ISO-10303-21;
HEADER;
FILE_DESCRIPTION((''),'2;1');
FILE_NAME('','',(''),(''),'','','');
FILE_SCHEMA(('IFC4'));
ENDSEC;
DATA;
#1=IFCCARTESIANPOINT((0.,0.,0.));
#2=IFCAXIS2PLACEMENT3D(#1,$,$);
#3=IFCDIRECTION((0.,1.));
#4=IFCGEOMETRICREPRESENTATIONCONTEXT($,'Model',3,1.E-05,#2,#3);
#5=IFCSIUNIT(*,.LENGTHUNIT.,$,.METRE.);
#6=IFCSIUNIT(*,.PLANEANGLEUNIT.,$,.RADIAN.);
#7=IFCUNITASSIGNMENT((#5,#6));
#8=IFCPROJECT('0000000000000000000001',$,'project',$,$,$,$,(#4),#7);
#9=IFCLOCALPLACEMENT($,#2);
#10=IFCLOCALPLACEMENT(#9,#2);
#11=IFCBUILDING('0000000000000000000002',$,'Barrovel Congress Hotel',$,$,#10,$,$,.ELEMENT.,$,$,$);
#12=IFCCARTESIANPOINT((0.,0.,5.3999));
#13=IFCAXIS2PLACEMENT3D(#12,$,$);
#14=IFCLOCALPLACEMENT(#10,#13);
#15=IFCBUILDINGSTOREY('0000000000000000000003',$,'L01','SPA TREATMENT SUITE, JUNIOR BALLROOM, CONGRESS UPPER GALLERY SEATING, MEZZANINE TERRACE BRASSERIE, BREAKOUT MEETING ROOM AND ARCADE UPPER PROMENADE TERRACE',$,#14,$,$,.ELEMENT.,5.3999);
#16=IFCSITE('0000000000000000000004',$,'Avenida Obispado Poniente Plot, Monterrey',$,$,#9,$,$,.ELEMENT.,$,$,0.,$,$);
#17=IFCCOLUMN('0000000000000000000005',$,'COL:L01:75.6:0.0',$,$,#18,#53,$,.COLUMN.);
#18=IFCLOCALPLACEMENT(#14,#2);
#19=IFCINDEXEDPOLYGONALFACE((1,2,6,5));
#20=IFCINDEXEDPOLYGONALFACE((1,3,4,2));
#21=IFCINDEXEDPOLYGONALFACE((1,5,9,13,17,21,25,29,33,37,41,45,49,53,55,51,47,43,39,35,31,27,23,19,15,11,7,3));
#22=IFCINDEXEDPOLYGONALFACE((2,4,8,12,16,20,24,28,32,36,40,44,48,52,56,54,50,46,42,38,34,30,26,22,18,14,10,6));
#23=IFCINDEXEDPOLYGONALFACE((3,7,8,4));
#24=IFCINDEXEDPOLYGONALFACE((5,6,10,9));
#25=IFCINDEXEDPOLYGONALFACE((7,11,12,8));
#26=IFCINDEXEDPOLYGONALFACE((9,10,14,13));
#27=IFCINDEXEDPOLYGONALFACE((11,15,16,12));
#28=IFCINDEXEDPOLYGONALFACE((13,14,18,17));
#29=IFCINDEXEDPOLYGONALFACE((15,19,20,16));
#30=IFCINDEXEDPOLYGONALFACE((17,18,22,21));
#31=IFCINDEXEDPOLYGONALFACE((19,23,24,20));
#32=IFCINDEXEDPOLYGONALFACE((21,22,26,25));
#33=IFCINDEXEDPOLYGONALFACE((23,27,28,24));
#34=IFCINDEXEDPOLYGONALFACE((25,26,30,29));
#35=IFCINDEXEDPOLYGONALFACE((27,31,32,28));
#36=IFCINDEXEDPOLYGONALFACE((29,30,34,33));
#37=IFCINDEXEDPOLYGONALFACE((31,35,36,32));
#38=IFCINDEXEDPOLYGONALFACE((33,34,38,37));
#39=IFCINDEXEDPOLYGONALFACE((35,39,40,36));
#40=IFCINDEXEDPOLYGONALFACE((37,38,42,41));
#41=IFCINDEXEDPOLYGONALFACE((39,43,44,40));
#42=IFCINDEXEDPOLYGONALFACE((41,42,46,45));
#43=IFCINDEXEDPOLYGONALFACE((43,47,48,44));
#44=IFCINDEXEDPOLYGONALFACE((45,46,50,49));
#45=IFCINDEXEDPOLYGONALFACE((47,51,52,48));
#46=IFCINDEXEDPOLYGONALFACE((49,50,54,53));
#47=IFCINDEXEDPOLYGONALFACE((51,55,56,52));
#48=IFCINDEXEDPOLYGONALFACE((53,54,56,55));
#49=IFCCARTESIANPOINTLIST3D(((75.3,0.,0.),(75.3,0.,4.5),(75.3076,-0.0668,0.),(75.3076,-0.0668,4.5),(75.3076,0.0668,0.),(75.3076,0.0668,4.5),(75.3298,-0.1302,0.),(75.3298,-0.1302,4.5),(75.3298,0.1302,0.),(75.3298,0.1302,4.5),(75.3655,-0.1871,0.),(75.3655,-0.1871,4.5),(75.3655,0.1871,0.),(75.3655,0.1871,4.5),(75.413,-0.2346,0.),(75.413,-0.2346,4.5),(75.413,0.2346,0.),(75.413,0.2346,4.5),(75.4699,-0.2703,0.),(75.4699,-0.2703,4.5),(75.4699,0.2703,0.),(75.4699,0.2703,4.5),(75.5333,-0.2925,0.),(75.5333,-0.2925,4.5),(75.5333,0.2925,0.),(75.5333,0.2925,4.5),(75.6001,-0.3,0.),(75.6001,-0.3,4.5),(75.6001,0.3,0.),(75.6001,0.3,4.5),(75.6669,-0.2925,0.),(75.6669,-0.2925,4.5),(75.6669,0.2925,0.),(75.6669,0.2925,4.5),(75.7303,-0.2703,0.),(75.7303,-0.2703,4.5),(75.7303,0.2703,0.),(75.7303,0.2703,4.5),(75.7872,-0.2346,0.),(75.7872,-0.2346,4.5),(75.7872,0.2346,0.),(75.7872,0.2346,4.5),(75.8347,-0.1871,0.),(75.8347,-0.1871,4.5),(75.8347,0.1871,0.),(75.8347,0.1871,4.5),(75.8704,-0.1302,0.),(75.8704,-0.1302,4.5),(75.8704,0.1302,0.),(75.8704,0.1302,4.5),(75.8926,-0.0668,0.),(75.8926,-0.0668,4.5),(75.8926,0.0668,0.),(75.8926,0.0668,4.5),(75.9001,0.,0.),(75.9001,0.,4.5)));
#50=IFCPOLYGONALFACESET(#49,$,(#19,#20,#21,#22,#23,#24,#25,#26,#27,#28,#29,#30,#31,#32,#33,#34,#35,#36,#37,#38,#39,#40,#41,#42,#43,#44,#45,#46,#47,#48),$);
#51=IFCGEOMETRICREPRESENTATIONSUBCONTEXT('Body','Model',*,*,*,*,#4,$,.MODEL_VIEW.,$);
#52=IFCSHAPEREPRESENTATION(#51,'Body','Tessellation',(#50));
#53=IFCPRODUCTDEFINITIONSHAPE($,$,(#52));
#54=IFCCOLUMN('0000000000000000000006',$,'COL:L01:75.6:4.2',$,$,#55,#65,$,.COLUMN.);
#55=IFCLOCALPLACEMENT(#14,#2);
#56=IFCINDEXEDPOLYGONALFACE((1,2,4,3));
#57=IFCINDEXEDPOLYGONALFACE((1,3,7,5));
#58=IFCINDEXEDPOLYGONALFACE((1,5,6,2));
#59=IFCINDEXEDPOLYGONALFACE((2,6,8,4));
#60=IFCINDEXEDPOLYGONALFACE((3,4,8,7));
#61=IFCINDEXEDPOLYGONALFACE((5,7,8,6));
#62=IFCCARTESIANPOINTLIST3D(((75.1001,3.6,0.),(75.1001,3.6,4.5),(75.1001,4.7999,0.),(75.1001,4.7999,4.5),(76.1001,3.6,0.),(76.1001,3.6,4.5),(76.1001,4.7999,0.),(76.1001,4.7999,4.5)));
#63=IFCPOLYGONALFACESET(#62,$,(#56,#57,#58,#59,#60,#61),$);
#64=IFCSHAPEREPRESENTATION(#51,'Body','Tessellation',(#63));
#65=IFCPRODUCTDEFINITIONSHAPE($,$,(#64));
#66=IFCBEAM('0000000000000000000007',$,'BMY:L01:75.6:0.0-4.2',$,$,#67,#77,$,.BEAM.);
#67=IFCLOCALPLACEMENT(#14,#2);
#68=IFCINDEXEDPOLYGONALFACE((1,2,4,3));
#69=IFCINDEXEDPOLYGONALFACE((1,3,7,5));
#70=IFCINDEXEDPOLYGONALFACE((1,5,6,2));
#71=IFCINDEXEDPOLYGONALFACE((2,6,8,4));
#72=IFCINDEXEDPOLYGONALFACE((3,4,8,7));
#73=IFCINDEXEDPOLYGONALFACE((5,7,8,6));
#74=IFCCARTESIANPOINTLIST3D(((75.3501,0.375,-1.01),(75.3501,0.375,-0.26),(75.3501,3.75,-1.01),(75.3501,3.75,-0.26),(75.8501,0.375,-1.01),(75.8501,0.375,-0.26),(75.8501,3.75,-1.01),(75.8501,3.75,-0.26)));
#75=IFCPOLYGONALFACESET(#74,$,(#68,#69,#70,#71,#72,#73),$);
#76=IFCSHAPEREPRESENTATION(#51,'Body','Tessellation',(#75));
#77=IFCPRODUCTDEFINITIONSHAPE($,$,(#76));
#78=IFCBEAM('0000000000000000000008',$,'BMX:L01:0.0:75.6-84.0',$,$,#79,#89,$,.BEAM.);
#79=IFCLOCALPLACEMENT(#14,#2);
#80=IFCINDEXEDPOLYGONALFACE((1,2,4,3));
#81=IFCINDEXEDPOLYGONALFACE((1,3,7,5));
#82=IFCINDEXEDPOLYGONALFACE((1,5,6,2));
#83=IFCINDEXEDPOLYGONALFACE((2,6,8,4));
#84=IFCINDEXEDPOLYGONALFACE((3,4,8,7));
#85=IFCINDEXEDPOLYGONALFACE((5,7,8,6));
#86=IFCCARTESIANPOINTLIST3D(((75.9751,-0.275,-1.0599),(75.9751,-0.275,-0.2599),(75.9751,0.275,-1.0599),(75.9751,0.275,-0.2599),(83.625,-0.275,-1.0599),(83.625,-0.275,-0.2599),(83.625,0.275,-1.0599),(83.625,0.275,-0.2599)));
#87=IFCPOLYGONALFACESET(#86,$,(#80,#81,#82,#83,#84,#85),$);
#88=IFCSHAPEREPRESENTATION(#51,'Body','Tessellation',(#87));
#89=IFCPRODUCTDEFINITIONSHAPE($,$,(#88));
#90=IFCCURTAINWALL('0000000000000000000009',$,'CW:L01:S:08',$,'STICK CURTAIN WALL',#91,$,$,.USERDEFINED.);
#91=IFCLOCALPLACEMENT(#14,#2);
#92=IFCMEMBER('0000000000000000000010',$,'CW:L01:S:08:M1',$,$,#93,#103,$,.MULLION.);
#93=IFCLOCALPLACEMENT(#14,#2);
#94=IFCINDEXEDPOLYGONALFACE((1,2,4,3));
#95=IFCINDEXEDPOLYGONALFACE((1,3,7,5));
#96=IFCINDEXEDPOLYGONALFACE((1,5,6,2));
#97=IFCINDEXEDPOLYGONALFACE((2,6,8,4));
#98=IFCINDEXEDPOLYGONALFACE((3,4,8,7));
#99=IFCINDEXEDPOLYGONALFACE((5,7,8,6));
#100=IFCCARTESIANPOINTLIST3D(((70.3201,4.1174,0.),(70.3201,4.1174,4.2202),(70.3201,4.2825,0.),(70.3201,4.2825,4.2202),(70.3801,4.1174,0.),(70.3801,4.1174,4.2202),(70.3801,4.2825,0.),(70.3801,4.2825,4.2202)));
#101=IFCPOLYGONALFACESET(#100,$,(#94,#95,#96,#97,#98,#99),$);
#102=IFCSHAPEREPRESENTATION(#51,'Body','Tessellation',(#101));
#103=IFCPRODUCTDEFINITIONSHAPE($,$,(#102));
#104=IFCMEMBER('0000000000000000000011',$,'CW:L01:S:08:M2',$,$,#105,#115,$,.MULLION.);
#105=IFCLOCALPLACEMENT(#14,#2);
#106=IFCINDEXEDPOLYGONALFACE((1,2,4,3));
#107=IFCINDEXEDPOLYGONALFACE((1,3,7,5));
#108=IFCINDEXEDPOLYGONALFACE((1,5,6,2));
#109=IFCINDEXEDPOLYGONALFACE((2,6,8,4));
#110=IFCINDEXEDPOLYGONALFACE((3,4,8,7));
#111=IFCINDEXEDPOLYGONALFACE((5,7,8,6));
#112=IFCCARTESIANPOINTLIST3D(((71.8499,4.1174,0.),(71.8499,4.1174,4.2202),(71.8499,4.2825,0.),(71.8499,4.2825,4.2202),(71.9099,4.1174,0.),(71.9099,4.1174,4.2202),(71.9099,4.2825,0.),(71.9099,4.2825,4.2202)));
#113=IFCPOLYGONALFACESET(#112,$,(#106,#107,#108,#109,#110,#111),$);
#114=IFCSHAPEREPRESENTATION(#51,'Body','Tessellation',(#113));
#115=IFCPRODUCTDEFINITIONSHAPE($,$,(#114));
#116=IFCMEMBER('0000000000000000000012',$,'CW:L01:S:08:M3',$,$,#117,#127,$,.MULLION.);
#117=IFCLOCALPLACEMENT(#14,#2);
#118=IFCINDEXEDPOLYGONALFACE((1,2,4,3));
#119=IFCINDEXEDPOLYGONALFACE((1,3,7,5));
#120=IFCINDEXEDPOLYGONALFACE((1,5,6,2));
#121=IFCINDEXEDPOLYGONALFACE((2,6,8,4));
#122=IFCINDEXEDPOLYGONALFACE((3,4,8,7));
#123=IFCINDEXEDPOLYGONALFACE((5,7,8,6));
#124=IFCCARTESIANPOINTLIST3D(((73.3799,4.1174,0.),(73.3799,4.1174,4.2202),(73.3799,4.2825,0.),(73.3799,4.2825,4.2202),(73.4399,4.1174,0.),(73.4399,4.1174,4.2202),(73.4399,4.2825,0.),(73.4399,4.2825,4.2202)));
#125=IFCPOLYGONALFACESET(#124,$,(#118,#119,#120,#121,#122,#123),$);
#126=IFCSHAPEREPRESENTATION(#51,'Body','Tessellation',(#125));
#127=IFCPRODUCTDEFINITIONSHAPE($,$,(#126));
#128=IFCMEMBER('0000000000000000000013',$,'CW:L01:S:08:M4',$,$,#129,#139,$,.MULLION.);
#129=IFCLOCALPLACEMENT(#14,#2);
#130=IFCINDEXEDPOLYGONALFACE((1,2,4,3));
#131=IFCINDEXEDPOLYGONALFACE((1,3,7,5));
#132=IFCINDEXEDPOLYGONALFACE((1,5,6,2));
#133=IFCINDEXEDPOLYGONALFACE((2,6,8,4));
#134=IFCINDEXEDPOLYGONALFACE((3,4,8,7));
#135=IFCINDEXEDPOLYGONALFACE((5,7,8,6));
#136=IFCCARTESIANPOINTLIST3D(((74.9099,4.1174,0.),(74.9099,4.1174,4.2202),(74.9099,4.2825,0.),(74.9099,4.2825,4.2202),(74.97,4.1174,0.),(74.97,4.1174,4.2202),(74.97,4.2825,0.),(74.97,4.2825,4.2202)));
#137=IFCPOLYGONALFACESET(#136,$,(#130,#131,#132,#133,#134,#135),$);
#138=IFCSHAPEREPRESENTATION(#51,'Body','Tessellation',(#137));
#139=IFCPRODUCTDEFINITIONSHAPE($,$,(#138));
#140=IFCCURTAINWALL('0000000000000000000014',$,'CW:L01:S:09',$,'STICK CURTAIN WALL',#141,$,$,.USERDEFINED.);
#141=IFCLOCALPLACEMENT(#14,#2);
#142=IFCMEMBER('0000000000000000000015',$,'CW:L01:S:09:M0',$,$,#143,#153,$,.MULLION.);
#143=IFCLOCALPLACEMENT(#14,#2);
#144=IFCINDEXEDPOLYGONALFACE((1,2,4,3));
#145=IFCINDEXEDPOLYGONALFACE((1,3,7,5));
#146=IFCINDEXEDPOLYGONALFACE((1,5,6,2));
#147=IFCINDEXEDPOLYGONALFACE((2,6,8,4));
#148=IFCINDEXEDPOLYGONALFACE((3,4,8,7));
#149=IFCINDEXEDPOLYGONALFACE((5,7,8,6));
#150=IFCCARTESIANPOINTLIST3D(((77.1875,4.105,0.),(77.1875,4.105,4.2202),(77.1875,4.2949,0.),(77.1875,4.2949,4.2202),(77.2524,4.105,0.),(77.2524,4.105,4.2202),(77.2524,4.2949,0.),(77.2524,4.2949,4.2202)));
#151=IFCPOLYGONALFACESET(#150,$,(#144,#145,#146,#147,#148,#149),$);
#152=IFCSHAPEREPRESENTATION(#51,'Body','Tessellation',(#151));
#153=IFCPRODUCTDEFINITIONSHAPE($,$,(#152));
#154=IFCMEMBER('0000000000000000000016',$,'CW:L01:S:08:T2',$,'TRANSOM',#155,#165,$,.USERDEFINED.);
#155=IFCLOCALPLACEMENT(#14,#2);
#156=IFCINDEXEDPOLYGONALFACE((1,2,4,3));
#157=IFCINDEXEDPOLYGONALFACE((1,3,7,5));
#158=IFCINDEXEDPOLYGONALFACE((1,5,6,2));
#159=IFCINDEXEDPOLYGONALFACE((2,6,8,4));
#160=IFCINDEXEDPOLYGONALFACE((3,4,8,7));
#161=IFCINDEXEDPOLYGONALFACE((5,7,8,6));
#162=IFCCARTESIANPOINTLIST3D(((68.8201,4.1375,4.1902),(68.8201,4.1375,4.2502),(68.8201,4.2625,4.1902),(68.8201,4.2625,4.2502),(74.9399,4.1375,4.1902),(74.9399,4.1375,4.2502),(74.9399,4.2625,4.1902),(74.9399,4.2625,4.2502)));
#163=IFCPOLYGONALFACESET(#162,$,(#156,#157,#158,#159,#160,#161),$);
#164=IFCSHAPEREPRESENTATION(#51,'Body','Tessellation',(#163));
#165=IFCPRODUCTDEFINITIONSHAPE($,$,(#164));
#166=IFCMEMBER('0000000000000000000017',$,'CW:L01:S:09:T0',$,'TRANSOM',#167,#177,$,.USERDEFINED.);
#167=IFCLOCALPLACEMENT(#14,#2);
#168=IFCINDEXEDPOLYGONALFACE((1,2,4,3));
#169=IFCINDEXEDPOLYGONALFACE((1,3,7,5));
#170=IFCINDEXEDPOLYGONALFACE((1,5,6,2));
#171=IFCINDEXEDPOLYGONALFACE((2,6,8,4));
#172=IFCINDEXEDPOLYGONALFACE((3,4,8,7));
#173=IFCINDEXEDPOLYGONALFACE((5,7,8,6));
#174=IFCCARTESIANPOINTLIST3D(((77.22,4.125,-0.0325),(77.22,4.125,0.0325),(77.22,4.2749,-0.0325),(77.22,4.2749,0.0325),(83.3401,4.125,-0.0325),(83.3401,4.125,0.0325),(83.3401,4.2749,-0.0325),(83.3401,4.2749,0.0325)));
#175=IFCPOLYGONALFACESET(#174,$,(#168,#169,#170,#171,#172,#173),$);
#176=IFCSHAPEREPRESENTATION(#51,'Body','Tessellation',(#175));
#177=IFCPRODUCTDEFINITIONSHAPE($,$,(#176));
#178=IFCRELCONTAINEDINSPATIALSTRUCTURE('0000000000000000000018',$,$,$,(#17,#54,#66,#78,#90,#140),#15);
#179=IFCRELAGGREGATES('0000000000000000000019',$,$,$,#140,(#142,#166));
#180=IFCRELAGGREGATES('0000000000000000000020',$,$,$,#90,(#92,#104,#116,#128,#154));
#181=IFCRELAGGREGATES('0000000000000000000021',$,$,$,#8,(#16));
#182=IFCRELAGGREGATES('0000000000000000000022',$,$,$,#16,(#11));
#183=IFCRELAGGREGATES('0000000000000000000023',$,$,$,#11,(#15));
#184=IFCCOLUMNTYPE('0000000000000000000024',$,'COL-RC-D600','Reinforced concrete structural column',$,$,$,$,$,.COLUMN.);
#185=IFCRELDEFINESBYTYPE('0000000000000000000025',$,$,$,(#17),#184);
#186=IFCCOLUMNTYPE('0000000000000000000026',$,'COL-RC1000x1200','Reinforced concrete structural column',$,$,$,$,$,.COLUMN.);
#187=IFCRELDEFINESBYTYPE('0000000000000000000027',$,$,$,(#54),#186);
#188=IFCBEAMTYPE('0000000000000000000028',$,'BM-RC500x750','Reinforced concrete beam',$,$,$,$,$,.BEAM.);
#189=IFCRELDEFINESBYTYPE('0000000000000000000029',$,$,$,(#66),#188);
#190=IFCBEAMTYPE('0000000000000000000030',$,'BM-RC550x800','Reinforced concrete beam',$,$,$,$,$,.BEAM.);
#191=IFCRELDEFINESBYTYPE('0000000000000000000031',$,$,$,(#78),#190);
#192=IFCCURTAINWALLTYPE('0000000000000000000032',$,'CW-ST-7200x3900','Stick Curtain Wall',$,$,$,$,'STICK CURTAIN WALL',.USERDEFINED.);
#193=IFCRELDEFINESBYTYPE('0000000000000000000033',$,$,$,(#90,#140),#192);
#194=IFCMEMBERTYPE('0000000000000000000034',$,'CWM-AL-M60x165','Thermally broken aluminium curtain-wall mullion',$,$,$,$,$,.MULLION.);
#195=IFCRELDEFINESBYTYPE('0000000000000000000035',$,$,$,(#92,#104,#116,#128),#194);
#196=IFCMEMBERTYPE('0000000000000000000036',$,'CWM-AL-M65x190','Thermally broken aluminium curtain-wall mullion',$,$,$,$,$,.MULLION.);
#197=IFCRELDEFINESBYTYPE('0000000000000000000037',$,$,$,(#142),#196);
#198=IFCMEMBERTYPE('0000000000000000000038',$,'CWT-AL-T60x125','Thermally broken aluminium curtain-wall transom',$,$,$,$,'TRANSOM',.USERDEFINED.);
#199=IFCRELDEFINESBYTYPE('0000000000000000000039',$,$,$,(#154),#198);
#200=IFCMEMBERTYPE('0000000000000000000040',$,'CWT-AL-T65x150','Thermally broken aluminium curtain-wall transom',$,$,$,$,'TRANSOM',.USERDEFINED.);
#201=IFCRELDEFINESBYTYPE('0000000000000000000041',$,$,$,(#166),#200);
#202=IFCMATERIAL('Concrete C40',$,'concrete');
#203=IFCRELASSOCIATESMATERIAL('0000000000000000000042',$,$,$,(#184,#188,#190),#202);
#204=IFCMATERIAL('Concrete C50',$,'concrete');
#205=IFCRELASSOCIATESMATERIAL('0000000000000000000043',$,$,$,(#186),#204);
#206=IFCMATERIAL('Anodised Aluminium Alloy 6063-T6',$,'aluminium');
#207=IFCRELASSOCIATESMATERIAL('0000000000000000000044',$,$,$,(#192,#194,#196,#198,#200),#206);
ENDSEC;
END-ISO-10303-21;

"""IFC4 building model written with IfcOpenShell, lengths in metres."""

from ifc_helpers import new_model, si_unit, direction, frame, origin, origin_2d, place, context, subcontext, project, spatial, rectangle, circle, extrude, material, material_profile, profile_set, type_object, element, aggregate, save


model = new_model("IFC4")

# Units and contexts
model_context = context("Model", 3, precision=1e-05, world=origin(), true_north=direction((0.0, 1.0)))
body_context = subcontext(model_context, "Body", "Model", "MODEL_VIEW")
ifc_project = project(units=[si_unit("LENGTHUNIT", "METRE"), si_unit("PLANEANGLEUNIT", "RADIAN")], contexts=[model_context])

# Site, building, storey
site_placement = place(None, origin())
site = spatial("IfcSite", under=ifc_project, at=site_placement, Name="Avenida Obispado Poniente Plot, Monterrey", CompositionType="ELEMENT", RefElevation=0.0)
building_placement = place(site_placement, origin())
building = spatial("IfcBuilding", under=site, at=building_placement, Name="Barrovel Congress Hotel", CompositionType="ELEMENT")
storey_placement = place(building_placement, frame((0.0, 0.0, 5.3999)))
storey = spatial("IfcBuildingStorey", under=building, at=storey_placement, Name="L01", Description="SPA TREATMENT SUITE, JUNIOR BALLROOM, CONGRESS UPPER GALLERY SEATING, MEZZANINE TERRACE BRASSERIE, BREAKOUT MEETING ROOM AND ARCADE UPPER PROMENADE TERRACE", CompositionType="ELEMENT", Elevation=5.3999)

# Columns
ifc_material_1 = material(Name="Concrete C40", Category="concrete")
ifc_material_profile_1 = material_profile(ifc_material_1, circle(Radius=0.3, at=origin_2d()), Name="RC-D600")
ifc_profile_set_1 = profile_set([ifc_material_profile_1], Name="Concrete C40")
column_type_1 = type_object("IfcColumnType", Name="COL-RC-D600", Description="Reinforced concrete structural column", PredefinedType="COLUMN", material=ifc_profile_set_1)
column_1_placement = place(storey_placement, frame((75.6001, 0.0, 0.0), z_axis=(0.0, 0.0, 1.0), x_axis=(1.0, 0.0, 0.0)))
element("IfcColumn", 1, at=column_1_placement, inside=storey, type_object=column_type_1, Name="COL:L01:75.6:0.0", PredefinedType="COLUMN", context=body_context, shape_type="SweptSolid", body=[
    extrude(circle(Radius=0.3, at=origin_2d()), origin(), (0.0, 0.0, 1.0), 4.5),
])
ifc_material_2 = material(Name="Concrete C50", Category="concrete")
ifc_material_profile_2 = material_profile(ifc_material_2, rectangle(XDim=1.0, YDim=1.2, at=origin_2d()), Name="RC1000x1200")
ifc_profile_set_2 = profile_set([ifc_material_profile_2], Name="Concrete C50")
column_type_2 = type_object("IfcColumnType", Name="COL-RC1000x1200", Description="Reinforced concrete structural column", PredefinedType="COLUMN", material=ifc_profile_set_2)
column_2_placement = place(storey_placement, frame((75.6001, 4.2, 0.0), z_axis=(0.0, 0.0, 1.0), x_axis=(1.0, 0.0, 0.0)))
element("IfcColumn", 2, at=column_2_placement, inside=storey, type_object=column_type_2, Name="COL:L01:75.6:4.2", PredefinedType="COLUMN", context=body_context, shape_type="SweptSolid", body=[
    extrude(rectangle(XDim=1.0, YDim=1.2, at=origin_2d()), origin(), (0.0, 0.0, 1.0), 4.5),
])

# Beams
ifc_material_profile_3 = material_profile(ifc_material_1, rectangle(XDim=0.5, YDim=0.75, at=origin_2d()), Name="RC500x750")
ifc_profile_set_3 = profile_set([ifc_material_profile_3], Name="Concrete C40")
beam_type_1 = type_object("IfcBeamType", Name="BM-RC500x750", Description="Reinforced concrete beam", PredefinedType="BEAM", material=ifc_profile_set_3)
beam_1_placement = place(storey_placement, frame((75.6001, 0.375, -0.635), z_axis=(0.0, 1.0, 0.0), x_axis=(-1.0, 0.0, 0.0)))
element("IfcBeam", 3, at=beam_1_placement, inside=storey, type_object=beam_type_1, Name="BMY:L01:75.6:0.0-4.2", PredefinedType="BEAM", context=body_context, shape_type="SweptSolid", body=[
    extrude(rectangle(XDim=0.5, YDim=0.75, at=origin_2d()), origin(), (0.0, 0.0, 1.0), 3.375),
])
ifc_material_profile_4 = material_profile(ifc_material_1, rectangle(XDim=0.55, YDim=0.8, at=origin_2d()), Name="RC550x800")
ifc_profile_set_4 = profile_set([ifc_material_profile_4], Name="Concrete C40")
beam_type_2 = type_object("IfcBeamType", Name="BM-RC550x800", Description="Reinforced concrete beam", PredefinedType="BEAM", material=ifc_profile_set_4)
beam_2_placement = place(storey_placement, frame((75.9751, 0.0, -0.6599), z_axis=(1.0, 0.0, 0.0), x_axis=(0.0, 1.0, 0.0)))
element("IfcBeam", 4, at=beam_2_placement, inside=storey, type_object=beam_type_2, Name="BMX:L01:0.0:75.6-84.0", PredefinedType="BEAM", context=body_context, shape_type="SweptSolid", body=[
    extrude(rectangle(XDim=0.55, YDim=0.8, at=origin_2d()), origin(), (0.0, 0.0, 1.0), 7.6499),
])

# Curtain wall, members
ifc_material_3 = material(Name="Anodised Aluminium Alloy 6063-T6", Category="aluminium")
curtain_wall_type = type_object("IfcCurtainWallType", Name="CW-ST-7200x3900", Description="Stick Curtain Wall", ElementType="STICK CURTAIN WALL", PredefinedType="USERDEFINED", material=ifc_material_3)
curtain_wall_1_placement = place(storey_placement, origin())
curtain_wall_1 = element("IfcCurtainWall", 5, at=curtain_wall_1_placement, inside=storey, type_object=curtain_wall_type, Name="CW:L01:S:08", ObjectType="STICK CURTAIN WALL", PredefinedType="USERDEFINED")
ifc_material_profile_5 = material_profile(ifc_material_3, rectangle(XDim=0.0601, YDim=0.165, at=origin_2d()), Name="AL-M60x165")
ifc_profile_set_5 = profile_set([ifc_material_profile_5], Name="Anodised Aluminium Alloy 6063-T6")
member_type_1 = type_object("IfcMemberType", Name="CWM-AL-M60x165", Description="Thermally broken aluminium curtain-wall mullion", PredefinedType="MULLION", material=ifc_profile_set_5)
member_1_placement = place(storey_placement, frame((70.3501, 4.2, 0.0), z_axis=(0.0, 0.0, 1.0), x_axis=(1.0, 0.0, 0.0)))
member_1 = element("IfcMember", 6, at=member_1_placement, type_object=member_type_1, Name="CW:L01:S:08:M1", PredefinedType="MULLION", context=body_context, shape_type="SweptSolid", body=[
    extrude(rectangle(XDim=0.0601, YDim=0.165, at=origin_2d()), origin(), (0.0, 0.0, 1.0), 4.2202),
])
member_2_placement = place(storey_placement, frame((71.8799, 4.2, 0.0), z_axis=(0.0, 0.0, 1.0), x_axis=(1.0, 0.0, 0.0)))
member_2 = element("IfcMember", 7, at=member_2_placement, type_object=member_type_1, Name="CW:L01:S:08:M2", PredefinedType="MULLION", context=body_context, shape_type="SweptSolid", body=[
    extrude(rectangle(XDim=0.0601, YDim=0.165, at=origin_2d()), origin(), (0.0, 0.0, 1.0), 4.2202),
])
member_3_placement = place(storey_placement, frame((73.4099, 4.2, 0.0), z_axis=(0.0, 0.0, 1.0), x_axis=(1.0, 0.0, 0.0)))
member_3 = element("IfcMember", 8, at=member_3_placement, type_object=member_type_1, Name="CW:L01:S:08:M3", PredefinedType="MULLION", context=body_context, shape_type="SweptSolid", body=[
    extrude(rectangle(XDim=0.0601, YDim=0.165, at=origin_2d()), origin(), (0.0, 0.0, 1.0), 4.2202),
])
member_4_placement = place(storey_placement, frame((74.9399, 4.2, 0.0), z_axis=(0.0, 0.0, 1.0), x_axis=(1.0, 0.0, 0.0)))
member_4 = element("IfcMember", 9, at=member_4_placement, type_object=member_type_1, Name="CW:L01:S:08:M4", PredefinedType="MULLION", context=body_context, shape_type="SweptSolid", body=[
    extrude(rectangle(XDim=0.0601, YDim=0.165, at=origin_2d()), origin(), (0.0, 0.0, 1.0), 4.2202),
])

# Curtain wall, member
curtain_wall_2_placement = place(storey_placement, origin())
curtain_wall_2 = element("IfcCurtainWall", 10, at=curtain_wall_2_placement, inside=storey, type_object=curtain_wall_type, Name="CW:L01:S:09", ObjectType="STICK CURTAIN WALL", PredefinedType="USERDEFINED")
ifc_material_profile_6 = material_profile(ifc_material_3, rectangle(XDim=0.0649, YDim=0.1899, at=origin_2d()), Name="AL-M65x190")
ifc_profile_set_6 = profile_set([ifc_material_profile_6], Name="Anodised Aluminium Alloy 6063-T6")
member_type_2 = type_object("IfcMemberType", Name="CWM-AL-M65x190", Description="Thermally broken aluminium curtain-wall mullion", PredefinedType="MULLION", material=ifc_profile_set_6)
member_5_placement = place(storey_placement, frame((77.22, 4.2, 0.0), z_axis=(0.0, 0.0, 1.0), x_axis=(1.0, 0.0, 0.0)))
member_5 = element("IfcMember", 11, at=member_5_placement, type_object=member_type_2, Name="CW:L01:S:09:M0", PredefinedType="MULLION", context=body_context, shape_type="SweptSolid", body=[
    extrude(rectangle(XDim=0.0649, YDim=0.1899, at=origin_2d()), origin(), (0.0, 0.0, 1.0), 4.2202),
])

# Members
ifc_material_profile_7 = material_profile(ifc_material_3, rectangle(XDim=0.125, YDim=0.0601, at=origin_2d()), Name="AL-T60x125")
ifc_profile_set_7 = profile_set([ifc_material_profile_7], Name="Anodised Aluminium Alloy 6063-T6")
member_type_3 = type_object("IfcMemberType", Name="CWT-AL-T60x125", Description="Thermally broken aluminium curtain-wall transom", ElementType="TRANSOM", PredefinedType="USERDEFINED", material=ifc_profile_set_7)
member_6_placement = place(storey_placement, frame((68.8201, 4.2, 4.2202), z_axis=(1.0, 0.0, 0.0), x_axis=(0.0, 1.0, 0.0)))
member_6 = element("IfcMember", 12, at=member_6_placement, type_object=member_type_3, Name="CW:L01:S:08:T2", ObjectType="TRANSOM", PredefinedType="USERDEFINED", context=body_context, shape_type="SweptSolid", body=[
    extrude(rectangle(XDim=0.125, YDim=0.0601, at=origin_2d()), origin(), (0.0, 0.0, 1.0), 6.1199),
])
ifc_material_profile_8 = material_profile(ifc_material_3, rectangle(XDim=0.1499, YDim=0.0649, at=origin_2d()), Name="AL-T65x150")
ifc_profile_set_8 = profile_set([ifc_material_profile_8], Name="Anodised Aluminium Alloy 6063-T6")
member_type_4 = type_object("IfcMemberType", Name="CWT-AL-T65x150", Description="Thermally broken aluminium curtain-wall transom", ElementType="TRANSOM", PredefinedType="USERDEFINED", material=ifc_profile_set_8)
member_7_placement = place(storey_placement, frame((77.22, 4.2, 0.0), z_axis=(1.0, 0.0, 0.0), x_axis=(0.0, 1.0, 0.0)))
member_7 = element("IfcMember", 13, at=member_7_placement, type_object=member_type_4, Name="CW:L01:S:09:T0", ObjectType="TRANSOM", PredefinedType="USERDEFINED", context=body_context, shape_type="SweptSolid", body=[
    extrude(rectangle(XDim=0.1499, YDim=0.0649, at=origin_2d()), origin(), (0.0, 0.0, 1.0), 6.1201),
])
aggregate(curtain_wall_2, [member_5, member_7])

aggregate(curtain_wall_1, [member_1, member_2, member_3, member_4, member_6])

save(model, "model.ifc")
